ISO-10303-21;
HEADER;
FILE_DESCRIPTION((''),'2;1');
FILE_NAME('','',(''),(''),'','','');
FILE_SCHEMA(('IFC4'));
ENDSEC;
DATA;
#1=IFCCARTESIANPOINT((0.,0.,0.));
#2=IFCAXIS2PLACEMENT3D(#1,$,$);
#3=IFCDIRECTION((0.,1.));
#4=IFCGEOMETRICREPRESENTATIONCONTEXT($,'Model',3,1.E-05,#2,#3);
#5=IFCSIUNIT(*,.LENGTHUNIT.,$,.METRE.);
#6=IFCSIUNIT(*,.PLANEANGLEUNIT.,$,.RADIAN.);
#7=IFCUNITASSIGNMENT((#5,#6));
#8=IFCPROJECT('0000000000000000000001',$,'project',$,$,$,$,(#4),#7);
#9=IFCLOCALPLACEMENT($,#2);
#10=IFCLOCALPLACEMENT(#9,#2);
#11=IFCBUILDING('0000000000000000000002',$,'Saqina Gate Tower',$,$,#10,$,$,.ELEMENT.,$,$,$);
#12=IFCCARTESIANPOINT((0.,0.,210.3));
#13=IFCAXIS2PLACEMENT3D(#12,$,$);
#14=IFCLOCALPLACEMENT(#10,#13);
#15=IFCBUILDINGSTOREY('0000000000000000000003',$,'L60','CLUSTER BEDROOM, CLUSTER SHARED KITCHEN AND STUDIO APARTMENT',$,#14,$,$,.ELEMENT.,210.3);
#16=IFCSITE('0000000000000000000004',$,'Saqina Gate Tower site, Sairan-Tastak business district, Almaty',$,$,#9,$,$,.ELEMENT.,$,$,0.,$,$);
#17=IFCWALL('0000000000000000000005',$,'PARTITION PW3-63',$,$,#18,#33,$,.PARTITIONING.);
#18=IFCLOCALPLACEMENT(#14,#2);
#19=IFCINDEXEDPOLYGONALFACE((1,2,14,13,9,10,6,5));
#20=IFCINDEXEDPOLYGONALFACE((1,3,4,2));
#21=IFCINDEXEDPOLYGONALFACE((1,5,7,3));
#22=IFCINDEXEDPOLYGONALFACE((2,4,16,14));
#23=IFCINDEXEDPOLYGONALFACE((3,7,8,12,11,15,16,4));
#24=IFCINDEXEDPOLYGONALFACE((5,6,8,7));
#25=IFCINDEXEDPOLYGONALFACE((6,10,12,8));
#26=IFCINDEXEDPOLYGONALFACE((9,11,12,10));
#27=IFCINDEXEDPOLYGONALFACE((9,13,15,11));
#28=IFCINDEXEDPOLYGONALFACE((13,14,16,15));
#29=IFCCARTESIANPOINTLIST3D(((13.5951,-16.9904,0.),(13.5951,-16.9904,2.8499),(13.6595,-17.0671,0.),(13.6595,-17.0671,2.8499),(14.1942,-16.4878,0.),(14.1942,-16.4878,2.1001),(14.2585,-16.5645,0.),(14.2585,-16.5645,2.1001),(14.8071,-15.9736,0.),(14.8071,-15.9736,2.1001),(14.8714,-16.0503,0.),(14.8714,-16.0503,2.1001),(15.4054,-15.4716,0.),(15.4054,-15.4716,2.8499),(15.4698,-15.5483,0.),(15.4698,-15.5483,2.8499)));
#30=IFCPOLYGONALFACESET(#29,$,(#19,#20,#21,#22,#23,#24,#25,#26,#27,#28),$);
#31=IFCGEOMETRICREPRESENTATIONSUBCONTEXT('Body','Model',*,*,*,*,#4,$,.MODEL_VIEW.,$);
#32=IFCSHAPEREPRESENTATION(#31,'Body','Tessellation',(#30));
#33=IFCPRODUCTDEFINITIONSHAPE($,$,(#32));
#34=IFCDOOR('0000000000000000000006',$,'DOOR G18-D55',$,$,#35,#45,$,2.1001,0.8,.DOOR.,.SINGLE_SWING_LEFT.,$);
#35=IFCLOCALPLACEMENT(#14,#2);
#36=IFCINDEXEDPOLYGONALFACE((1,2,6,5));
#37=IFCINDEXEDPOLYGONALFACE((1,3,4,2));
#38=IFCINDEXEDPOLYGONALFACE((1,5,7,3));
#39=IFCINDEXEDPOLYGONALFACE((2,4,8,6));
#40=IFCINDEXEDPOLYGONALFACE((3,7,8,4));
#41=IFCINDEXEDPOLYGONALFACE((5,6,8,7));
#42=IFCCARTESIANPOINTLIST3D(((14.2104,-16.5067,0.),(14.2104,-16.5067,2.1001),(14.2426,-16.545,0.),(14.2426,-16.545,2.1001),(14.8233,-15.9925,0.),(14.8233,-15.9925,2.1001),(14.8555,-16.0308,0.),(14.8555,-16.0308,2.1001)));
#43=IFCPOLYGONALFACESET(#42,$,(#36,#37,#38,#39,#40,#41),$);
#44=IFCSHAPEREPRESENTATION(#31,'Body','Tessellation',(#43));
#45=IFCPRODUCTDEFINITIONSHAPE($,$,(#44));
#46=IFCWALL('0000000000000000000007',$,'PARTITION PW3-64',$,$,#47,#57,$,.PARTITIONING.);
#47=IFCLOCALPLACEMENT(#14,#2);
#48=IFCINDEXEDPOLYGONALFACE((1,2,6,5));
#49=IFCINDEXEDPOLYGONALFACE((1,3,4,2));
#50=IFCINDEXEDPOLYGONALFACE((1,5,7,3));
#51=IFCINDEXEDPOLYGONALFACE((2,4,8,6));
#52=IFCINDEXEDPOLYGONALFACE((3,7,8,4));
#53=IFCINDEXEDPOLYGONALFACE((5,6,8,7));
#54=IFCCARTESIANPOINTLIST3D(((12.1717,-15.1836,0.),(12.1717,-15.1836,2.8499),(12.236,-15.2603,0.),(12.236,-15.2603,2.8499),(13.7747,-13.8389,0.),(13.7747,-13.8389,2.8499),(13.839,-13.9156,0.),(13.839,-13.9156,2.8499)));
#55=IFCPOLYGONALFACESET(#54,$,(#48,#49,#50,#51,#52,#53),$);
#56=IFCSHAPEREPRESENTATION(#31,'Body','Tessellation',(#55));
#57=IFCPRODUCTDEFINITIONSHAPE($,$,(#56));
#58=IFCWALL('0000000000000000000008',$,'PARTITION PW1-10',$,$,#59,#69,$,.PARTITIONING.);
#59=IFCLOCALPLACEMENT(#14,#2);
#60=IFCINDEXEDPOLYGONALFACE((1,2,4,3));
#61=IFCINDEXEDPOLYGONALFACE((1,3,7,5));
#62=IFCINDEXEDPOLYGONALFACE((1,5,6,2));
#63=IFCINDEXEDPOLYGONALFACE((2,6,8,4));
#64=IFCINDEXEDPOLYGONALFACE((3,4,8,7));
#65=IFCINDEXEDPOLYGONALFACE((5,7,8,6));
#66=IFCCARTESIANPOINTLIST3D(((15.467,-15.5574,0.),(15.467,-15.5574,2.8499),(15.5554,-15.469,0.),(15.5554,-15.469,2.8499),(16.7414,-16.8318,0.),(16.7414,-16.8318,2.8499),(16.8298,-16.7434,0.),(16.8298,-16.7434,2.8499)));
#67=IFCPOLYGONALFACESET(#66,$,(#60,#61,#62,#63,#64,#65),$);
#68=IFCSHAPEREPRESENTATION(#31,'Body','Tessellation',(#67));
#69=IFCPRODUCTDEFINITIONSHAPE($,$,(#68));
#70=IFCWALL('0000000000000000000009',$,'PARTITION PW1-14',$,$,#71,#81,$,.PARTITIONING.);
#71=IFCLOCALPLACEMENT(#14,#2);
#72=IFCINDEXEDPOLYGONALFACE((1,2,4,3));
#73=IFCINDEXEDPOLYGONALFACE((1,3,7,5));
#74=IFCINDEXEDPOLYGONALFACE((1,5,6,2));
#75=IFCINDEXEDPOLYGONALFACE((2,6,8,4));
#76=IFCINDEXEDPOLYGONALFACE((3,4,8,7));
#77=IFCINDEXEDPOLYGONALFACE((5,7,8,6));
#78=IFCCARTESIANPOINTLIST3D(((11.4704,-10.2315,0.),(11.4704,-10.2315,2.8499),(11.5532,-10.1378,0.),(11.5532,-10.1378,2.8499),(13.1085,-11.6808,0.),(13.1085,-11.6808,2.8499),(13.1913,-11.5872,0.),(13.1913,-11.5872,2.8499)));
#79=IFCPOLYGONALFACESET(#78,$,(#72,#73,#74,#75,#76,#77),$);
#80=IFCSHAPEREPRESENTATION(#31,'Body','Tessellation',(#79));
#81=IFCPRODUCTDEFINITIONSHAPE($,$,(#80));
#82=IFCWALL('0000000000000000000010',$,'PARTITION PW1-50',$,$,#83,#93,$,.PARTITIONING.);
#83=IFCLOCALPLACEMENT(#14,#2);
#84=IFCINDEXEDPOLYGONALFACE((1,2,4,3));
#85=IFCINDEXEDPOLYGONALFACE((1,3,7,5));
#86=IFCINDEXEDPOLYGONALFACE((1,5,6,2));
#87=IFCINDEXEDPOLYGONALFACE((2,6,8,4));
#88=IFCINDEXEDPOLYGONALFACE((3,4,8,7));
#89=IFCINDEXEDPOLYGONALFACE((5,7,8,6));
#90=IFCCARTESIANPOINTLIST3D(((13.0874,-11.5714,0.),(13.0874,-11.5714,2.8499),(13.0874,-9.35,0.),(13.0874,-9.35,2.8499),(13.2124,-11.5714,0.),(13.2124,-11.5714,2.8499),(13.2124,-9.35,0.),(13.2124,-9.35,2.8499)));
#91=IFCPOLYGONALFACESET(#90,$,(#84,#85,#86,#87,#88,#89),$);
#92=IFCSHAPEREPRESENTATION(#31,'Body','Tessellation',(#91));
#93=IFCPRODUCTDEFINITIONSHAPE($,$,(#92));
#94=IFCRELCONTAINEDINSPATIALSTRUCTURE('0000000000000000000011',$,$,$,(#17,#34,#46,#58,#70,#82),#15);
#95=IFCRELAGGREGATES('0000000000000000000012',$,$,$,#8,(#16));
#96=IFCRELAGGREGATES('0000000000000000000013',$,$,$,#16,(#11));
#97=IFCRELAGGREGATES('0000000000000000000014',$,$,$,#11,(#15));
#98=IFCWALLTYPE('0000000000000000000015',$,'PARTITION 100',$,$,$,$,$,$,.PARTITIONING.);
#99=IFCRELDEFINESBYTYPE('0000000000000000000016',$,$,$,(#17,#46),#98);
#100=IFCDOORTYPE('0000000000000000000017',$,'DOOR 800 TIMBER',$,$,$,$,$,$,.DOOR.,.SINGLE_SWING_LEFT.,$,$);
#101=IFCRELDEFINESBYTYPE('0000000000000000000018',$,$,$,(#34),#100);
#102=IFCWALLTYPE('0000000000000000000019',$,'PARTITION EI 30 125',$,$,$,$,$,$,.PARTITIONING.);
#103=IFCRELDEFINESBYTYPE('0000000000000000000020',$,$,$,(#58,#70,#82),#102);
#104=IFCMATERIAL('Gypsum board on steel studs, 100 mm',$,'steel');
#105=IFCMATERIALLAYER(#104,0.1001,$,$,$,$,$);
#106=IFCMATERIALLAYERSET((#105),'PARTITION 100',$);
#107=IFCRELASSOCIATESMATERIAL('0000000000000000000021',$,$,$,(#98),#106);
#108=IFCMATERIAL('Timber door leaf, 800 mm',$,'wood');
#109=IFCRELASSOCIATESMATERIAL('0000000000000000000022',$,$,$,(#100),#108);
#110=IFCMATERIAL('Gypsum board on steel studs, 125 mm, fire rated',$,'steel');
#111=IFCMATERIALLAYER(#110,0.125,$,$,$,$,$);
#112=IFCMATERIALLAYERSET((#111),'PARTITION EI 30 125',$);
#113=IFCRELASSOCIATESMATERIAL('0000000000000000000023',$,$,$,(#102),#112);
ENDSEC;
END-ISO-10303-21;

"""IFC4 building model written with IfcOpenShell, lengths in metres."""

from ifc_helpers import new_model, si_unit, direction, frame, frame_2d, origin, place, context, subcontext, project, spatial, rectangle, extrude, material, layer, layer_set, type_object, element, fill, save


model = new_model("IFC4")

# Units and contexts
model_context = context("Model", 3, precision=1e-05, world=origin(), true_north=direction((0.0, 1.0)))
body_context = subcontext(model_context, "Body", "Model", "MODEL_VIEW")
ifc_project = project(units=[si_unit("LENGTHUNIT", "METRE"), si_unit("PLANEANGLEUNIT", "RADIAN")], contexts=[model_context])

# Site, building, storey
site_placement = place(None, origin())
site = spatial("IfcSite", under=ifc_project, at=site_placement, Name="Saqina Gate Tower site, Sairan-Tastak business district, Almaty", CompositionType="ELEMENT", RefElevation=0.0)
building_placement = place(site_placement, origin())
building = spatial("IfcBuilding", under=site, at=building_placement, Name="Saqina Gate Tower", CompositionType="ELEMENT")
storey_placement = place(building_placement, frame((0.0, 0.0, 210.3)))
storey = spatial("IfcBuildingStorey", under=building, at=storey_placement, Name="L60", Description="CLUSTER BEDROOM, CLUSTER SHARED KITCHEN AND STUDIO APARTMENT", CompositionType="ELEMENT", Elevation=210.3)

# Shared definitions
ifc_material_1 = material(Name="Gypsum board on steel studs, 100 mm", Category="steel")
ifc_layer_1 = layer(ifc_material_1, 0.1001)
ifc_layer_set_1 = layer_set([ifc_layer_1], Name="PARTITION 100")
wall_type_1 = type_object("IfcWallType", Name="PARTITION 100", PredefinedType="PARTITIONING", material=ifc_layer_set_1)

# Wall, opening, door
wall_1_placement = place(storey_placement, frame((13.6272, -17.0288, 0.0), z_axis=(0.0, 0.0, 1.0), x_axis=(0.766091, 0.642732, 0.0)))
wall_1 = element("IfcWall", 1, at=wall_1_placement, inside=storey, type_object=wall_type_1, Name="PARTITION PW3-63", PredefinedType="PARTITIONING", context=body_context, shape_type="SweptSolid", body=[
    extrude(rectangle(XDim=2.363, YDim=0.1001, at=frame_2d((1.1816, 0.0))), origin(), (0.0, 0.0, 1.0), 2.8499),
])
opening_1_placement = place(wall_1_placement, frame((0.7822, 0.0, 0.0)))
opening_1 = element("IfcOpeningElement", 2, at=opening_1_placement, cuts=wall_1, PredefinedType="OPENING", context=body_context, shape_type="SweptSolid", body=[
    extrude(rectangle(XDim=0.8, YDim=2.1001, at=frame_2d((0.3999, 1.05))), frame((0.0, 0.062, 0.0), z_axis=(0.0, -1.0, 0.0), x_axis=(1.0, 0.0, 0.0)), (0.0, 0.0, 1.0), 0.124),
])
ifc_material_2 = material(Name="Timber door leaf, 800 mm", Category="wood")
door_type = type_object("IfcDoorType", Name="DOOR 800 TIMBER", OperationType="SINGLE_SWING_LEFT", PredefinedType="DOOR", material=ifc_material_2)
door_placement = place(opening_1_placement, frame((0.8, 0.0, 0.0), z_axis=(0.0, 0.0, 1.0), x_axis=(-1.0, 0.0, 0.0)))
door = element("IfcDoor", 3, at=door_placement, inside=storey, type_object=door_type, Name="DOOR G18-D55", OperationType="SINGLE_SWING_LEFT", OverallHeight=2.1001, OverallWidth=0.8, PredefinedType="DOOR", context=body_context, shape_type="SweptSolid", body=[
    extrude(rectangle(XDim=0.8, YDim=2.1001, at=frame_2d((0.3999, 1.05))), frame((0.0, 0.0249, 0.0), z_axis=(0.0, -1.0, 0.0), x_axis=(1.0, 0.0, 0.0)), (0.0, 0.0, 1.0), 0.05),
])
fill(opening_1, door)

# Walls
wall_2_placement = place(storey_placement, frame((12.2039, -15.2219, 0.0), z_axis=(0.0, 0.0, 1.0), x_axis=(0.766132, 0.642683, 0.0)))
element("IfcWall", 4, at=wall_2_placement, inside=storey, type_object=wall_type_1, Name="PARTITION PW3-64", PredefinedType="PARTITIONING", context=body_context, shape_type="SweptSolid", body=[
    extrude(rectangle(XDim=2.0923, YDim=0.1001, at=frame_2d((1.0461, 0.0))), origin(), (0.0, 0.0, 1.0), 2.8499),
])
ifc_material_3 = material(Name="Gypsum board on steel studs, 125 mm, fire rated", Category="steel")
ifc_layer_2 = layer(ifc_material_3, 0.125)
ifc_layer_set_2 = layer_set([ifc_layer_2], Name="PARTITION EI 30 125")
wall_type_2 = type_object("IfcWallType", Name="PARTITION EI 30 125", PredefinedType="PARTITIONING", material=ifc_layer_set_2)
wall_3_placement = place(storey_placement, frame((15.5112, -15.5132, 0.0), z_axis=(0.0, 0.0, 1.0), x_axis=(0.707107, -0.707107, 0.0)))
element("IfcWall", 5, at=wall_3_placement, inside=storey, type_object=wall_type_2, Name="PARTITION PW1-10", PredefinedType="PARTITIONING", context=body_context, shape_type="SweptSolid", body=[
    extrude(rectangle(XDim=1.8022, YDim=0.125, at=frame_2d((0.9011, 0.0))), origin(), (0.0, 0.0, 1.0), 2.8499),
])
wall_4_placement = place(storey_placement, frame((11.5117, -10.1846, 0.0), z_axis=(0.0, 0.0, 1.0), x_axis=(0.748928, -0.662651, 0.0)))
element("IfcWall", 6, at=wall_4_placement, inside=storey, type_object=wall_type_2, Name="PARTITION PW1-14", PredefinedType="PARTITIONING", context=body_context, shape_type="SweptSolid", body=[
    extrude(rectangle(XDim=2.1873, YDim=0.125, at=frame_2d((1.0938, 0.0))), origin(), (0.0, 0.0, 1.0), 2.8499),
])
wall_5_placement = place(storey_placement, frame((13.1499, -11.5715, 0.0), z_axis=(0.0, 0.0, 1.0), x_axis=(0.0, 1.0, 0.0)))
element("IfcWall", 7, at=wall_5_placement, inside=storey, type_object=wall_type_2, Name="PARTITION PW1-50", PredefinedType="PARTITIONING", context=body_context, shape_type="SweptSolid", body=[
    extrude(rectangle(XDim=2.2214, YDim=0.125, at=frame_2d((1.1108, 0.0))), origin(), (0.0, 0.0, 1.0), 2.8499),
])

save(model, "model.ifc")
